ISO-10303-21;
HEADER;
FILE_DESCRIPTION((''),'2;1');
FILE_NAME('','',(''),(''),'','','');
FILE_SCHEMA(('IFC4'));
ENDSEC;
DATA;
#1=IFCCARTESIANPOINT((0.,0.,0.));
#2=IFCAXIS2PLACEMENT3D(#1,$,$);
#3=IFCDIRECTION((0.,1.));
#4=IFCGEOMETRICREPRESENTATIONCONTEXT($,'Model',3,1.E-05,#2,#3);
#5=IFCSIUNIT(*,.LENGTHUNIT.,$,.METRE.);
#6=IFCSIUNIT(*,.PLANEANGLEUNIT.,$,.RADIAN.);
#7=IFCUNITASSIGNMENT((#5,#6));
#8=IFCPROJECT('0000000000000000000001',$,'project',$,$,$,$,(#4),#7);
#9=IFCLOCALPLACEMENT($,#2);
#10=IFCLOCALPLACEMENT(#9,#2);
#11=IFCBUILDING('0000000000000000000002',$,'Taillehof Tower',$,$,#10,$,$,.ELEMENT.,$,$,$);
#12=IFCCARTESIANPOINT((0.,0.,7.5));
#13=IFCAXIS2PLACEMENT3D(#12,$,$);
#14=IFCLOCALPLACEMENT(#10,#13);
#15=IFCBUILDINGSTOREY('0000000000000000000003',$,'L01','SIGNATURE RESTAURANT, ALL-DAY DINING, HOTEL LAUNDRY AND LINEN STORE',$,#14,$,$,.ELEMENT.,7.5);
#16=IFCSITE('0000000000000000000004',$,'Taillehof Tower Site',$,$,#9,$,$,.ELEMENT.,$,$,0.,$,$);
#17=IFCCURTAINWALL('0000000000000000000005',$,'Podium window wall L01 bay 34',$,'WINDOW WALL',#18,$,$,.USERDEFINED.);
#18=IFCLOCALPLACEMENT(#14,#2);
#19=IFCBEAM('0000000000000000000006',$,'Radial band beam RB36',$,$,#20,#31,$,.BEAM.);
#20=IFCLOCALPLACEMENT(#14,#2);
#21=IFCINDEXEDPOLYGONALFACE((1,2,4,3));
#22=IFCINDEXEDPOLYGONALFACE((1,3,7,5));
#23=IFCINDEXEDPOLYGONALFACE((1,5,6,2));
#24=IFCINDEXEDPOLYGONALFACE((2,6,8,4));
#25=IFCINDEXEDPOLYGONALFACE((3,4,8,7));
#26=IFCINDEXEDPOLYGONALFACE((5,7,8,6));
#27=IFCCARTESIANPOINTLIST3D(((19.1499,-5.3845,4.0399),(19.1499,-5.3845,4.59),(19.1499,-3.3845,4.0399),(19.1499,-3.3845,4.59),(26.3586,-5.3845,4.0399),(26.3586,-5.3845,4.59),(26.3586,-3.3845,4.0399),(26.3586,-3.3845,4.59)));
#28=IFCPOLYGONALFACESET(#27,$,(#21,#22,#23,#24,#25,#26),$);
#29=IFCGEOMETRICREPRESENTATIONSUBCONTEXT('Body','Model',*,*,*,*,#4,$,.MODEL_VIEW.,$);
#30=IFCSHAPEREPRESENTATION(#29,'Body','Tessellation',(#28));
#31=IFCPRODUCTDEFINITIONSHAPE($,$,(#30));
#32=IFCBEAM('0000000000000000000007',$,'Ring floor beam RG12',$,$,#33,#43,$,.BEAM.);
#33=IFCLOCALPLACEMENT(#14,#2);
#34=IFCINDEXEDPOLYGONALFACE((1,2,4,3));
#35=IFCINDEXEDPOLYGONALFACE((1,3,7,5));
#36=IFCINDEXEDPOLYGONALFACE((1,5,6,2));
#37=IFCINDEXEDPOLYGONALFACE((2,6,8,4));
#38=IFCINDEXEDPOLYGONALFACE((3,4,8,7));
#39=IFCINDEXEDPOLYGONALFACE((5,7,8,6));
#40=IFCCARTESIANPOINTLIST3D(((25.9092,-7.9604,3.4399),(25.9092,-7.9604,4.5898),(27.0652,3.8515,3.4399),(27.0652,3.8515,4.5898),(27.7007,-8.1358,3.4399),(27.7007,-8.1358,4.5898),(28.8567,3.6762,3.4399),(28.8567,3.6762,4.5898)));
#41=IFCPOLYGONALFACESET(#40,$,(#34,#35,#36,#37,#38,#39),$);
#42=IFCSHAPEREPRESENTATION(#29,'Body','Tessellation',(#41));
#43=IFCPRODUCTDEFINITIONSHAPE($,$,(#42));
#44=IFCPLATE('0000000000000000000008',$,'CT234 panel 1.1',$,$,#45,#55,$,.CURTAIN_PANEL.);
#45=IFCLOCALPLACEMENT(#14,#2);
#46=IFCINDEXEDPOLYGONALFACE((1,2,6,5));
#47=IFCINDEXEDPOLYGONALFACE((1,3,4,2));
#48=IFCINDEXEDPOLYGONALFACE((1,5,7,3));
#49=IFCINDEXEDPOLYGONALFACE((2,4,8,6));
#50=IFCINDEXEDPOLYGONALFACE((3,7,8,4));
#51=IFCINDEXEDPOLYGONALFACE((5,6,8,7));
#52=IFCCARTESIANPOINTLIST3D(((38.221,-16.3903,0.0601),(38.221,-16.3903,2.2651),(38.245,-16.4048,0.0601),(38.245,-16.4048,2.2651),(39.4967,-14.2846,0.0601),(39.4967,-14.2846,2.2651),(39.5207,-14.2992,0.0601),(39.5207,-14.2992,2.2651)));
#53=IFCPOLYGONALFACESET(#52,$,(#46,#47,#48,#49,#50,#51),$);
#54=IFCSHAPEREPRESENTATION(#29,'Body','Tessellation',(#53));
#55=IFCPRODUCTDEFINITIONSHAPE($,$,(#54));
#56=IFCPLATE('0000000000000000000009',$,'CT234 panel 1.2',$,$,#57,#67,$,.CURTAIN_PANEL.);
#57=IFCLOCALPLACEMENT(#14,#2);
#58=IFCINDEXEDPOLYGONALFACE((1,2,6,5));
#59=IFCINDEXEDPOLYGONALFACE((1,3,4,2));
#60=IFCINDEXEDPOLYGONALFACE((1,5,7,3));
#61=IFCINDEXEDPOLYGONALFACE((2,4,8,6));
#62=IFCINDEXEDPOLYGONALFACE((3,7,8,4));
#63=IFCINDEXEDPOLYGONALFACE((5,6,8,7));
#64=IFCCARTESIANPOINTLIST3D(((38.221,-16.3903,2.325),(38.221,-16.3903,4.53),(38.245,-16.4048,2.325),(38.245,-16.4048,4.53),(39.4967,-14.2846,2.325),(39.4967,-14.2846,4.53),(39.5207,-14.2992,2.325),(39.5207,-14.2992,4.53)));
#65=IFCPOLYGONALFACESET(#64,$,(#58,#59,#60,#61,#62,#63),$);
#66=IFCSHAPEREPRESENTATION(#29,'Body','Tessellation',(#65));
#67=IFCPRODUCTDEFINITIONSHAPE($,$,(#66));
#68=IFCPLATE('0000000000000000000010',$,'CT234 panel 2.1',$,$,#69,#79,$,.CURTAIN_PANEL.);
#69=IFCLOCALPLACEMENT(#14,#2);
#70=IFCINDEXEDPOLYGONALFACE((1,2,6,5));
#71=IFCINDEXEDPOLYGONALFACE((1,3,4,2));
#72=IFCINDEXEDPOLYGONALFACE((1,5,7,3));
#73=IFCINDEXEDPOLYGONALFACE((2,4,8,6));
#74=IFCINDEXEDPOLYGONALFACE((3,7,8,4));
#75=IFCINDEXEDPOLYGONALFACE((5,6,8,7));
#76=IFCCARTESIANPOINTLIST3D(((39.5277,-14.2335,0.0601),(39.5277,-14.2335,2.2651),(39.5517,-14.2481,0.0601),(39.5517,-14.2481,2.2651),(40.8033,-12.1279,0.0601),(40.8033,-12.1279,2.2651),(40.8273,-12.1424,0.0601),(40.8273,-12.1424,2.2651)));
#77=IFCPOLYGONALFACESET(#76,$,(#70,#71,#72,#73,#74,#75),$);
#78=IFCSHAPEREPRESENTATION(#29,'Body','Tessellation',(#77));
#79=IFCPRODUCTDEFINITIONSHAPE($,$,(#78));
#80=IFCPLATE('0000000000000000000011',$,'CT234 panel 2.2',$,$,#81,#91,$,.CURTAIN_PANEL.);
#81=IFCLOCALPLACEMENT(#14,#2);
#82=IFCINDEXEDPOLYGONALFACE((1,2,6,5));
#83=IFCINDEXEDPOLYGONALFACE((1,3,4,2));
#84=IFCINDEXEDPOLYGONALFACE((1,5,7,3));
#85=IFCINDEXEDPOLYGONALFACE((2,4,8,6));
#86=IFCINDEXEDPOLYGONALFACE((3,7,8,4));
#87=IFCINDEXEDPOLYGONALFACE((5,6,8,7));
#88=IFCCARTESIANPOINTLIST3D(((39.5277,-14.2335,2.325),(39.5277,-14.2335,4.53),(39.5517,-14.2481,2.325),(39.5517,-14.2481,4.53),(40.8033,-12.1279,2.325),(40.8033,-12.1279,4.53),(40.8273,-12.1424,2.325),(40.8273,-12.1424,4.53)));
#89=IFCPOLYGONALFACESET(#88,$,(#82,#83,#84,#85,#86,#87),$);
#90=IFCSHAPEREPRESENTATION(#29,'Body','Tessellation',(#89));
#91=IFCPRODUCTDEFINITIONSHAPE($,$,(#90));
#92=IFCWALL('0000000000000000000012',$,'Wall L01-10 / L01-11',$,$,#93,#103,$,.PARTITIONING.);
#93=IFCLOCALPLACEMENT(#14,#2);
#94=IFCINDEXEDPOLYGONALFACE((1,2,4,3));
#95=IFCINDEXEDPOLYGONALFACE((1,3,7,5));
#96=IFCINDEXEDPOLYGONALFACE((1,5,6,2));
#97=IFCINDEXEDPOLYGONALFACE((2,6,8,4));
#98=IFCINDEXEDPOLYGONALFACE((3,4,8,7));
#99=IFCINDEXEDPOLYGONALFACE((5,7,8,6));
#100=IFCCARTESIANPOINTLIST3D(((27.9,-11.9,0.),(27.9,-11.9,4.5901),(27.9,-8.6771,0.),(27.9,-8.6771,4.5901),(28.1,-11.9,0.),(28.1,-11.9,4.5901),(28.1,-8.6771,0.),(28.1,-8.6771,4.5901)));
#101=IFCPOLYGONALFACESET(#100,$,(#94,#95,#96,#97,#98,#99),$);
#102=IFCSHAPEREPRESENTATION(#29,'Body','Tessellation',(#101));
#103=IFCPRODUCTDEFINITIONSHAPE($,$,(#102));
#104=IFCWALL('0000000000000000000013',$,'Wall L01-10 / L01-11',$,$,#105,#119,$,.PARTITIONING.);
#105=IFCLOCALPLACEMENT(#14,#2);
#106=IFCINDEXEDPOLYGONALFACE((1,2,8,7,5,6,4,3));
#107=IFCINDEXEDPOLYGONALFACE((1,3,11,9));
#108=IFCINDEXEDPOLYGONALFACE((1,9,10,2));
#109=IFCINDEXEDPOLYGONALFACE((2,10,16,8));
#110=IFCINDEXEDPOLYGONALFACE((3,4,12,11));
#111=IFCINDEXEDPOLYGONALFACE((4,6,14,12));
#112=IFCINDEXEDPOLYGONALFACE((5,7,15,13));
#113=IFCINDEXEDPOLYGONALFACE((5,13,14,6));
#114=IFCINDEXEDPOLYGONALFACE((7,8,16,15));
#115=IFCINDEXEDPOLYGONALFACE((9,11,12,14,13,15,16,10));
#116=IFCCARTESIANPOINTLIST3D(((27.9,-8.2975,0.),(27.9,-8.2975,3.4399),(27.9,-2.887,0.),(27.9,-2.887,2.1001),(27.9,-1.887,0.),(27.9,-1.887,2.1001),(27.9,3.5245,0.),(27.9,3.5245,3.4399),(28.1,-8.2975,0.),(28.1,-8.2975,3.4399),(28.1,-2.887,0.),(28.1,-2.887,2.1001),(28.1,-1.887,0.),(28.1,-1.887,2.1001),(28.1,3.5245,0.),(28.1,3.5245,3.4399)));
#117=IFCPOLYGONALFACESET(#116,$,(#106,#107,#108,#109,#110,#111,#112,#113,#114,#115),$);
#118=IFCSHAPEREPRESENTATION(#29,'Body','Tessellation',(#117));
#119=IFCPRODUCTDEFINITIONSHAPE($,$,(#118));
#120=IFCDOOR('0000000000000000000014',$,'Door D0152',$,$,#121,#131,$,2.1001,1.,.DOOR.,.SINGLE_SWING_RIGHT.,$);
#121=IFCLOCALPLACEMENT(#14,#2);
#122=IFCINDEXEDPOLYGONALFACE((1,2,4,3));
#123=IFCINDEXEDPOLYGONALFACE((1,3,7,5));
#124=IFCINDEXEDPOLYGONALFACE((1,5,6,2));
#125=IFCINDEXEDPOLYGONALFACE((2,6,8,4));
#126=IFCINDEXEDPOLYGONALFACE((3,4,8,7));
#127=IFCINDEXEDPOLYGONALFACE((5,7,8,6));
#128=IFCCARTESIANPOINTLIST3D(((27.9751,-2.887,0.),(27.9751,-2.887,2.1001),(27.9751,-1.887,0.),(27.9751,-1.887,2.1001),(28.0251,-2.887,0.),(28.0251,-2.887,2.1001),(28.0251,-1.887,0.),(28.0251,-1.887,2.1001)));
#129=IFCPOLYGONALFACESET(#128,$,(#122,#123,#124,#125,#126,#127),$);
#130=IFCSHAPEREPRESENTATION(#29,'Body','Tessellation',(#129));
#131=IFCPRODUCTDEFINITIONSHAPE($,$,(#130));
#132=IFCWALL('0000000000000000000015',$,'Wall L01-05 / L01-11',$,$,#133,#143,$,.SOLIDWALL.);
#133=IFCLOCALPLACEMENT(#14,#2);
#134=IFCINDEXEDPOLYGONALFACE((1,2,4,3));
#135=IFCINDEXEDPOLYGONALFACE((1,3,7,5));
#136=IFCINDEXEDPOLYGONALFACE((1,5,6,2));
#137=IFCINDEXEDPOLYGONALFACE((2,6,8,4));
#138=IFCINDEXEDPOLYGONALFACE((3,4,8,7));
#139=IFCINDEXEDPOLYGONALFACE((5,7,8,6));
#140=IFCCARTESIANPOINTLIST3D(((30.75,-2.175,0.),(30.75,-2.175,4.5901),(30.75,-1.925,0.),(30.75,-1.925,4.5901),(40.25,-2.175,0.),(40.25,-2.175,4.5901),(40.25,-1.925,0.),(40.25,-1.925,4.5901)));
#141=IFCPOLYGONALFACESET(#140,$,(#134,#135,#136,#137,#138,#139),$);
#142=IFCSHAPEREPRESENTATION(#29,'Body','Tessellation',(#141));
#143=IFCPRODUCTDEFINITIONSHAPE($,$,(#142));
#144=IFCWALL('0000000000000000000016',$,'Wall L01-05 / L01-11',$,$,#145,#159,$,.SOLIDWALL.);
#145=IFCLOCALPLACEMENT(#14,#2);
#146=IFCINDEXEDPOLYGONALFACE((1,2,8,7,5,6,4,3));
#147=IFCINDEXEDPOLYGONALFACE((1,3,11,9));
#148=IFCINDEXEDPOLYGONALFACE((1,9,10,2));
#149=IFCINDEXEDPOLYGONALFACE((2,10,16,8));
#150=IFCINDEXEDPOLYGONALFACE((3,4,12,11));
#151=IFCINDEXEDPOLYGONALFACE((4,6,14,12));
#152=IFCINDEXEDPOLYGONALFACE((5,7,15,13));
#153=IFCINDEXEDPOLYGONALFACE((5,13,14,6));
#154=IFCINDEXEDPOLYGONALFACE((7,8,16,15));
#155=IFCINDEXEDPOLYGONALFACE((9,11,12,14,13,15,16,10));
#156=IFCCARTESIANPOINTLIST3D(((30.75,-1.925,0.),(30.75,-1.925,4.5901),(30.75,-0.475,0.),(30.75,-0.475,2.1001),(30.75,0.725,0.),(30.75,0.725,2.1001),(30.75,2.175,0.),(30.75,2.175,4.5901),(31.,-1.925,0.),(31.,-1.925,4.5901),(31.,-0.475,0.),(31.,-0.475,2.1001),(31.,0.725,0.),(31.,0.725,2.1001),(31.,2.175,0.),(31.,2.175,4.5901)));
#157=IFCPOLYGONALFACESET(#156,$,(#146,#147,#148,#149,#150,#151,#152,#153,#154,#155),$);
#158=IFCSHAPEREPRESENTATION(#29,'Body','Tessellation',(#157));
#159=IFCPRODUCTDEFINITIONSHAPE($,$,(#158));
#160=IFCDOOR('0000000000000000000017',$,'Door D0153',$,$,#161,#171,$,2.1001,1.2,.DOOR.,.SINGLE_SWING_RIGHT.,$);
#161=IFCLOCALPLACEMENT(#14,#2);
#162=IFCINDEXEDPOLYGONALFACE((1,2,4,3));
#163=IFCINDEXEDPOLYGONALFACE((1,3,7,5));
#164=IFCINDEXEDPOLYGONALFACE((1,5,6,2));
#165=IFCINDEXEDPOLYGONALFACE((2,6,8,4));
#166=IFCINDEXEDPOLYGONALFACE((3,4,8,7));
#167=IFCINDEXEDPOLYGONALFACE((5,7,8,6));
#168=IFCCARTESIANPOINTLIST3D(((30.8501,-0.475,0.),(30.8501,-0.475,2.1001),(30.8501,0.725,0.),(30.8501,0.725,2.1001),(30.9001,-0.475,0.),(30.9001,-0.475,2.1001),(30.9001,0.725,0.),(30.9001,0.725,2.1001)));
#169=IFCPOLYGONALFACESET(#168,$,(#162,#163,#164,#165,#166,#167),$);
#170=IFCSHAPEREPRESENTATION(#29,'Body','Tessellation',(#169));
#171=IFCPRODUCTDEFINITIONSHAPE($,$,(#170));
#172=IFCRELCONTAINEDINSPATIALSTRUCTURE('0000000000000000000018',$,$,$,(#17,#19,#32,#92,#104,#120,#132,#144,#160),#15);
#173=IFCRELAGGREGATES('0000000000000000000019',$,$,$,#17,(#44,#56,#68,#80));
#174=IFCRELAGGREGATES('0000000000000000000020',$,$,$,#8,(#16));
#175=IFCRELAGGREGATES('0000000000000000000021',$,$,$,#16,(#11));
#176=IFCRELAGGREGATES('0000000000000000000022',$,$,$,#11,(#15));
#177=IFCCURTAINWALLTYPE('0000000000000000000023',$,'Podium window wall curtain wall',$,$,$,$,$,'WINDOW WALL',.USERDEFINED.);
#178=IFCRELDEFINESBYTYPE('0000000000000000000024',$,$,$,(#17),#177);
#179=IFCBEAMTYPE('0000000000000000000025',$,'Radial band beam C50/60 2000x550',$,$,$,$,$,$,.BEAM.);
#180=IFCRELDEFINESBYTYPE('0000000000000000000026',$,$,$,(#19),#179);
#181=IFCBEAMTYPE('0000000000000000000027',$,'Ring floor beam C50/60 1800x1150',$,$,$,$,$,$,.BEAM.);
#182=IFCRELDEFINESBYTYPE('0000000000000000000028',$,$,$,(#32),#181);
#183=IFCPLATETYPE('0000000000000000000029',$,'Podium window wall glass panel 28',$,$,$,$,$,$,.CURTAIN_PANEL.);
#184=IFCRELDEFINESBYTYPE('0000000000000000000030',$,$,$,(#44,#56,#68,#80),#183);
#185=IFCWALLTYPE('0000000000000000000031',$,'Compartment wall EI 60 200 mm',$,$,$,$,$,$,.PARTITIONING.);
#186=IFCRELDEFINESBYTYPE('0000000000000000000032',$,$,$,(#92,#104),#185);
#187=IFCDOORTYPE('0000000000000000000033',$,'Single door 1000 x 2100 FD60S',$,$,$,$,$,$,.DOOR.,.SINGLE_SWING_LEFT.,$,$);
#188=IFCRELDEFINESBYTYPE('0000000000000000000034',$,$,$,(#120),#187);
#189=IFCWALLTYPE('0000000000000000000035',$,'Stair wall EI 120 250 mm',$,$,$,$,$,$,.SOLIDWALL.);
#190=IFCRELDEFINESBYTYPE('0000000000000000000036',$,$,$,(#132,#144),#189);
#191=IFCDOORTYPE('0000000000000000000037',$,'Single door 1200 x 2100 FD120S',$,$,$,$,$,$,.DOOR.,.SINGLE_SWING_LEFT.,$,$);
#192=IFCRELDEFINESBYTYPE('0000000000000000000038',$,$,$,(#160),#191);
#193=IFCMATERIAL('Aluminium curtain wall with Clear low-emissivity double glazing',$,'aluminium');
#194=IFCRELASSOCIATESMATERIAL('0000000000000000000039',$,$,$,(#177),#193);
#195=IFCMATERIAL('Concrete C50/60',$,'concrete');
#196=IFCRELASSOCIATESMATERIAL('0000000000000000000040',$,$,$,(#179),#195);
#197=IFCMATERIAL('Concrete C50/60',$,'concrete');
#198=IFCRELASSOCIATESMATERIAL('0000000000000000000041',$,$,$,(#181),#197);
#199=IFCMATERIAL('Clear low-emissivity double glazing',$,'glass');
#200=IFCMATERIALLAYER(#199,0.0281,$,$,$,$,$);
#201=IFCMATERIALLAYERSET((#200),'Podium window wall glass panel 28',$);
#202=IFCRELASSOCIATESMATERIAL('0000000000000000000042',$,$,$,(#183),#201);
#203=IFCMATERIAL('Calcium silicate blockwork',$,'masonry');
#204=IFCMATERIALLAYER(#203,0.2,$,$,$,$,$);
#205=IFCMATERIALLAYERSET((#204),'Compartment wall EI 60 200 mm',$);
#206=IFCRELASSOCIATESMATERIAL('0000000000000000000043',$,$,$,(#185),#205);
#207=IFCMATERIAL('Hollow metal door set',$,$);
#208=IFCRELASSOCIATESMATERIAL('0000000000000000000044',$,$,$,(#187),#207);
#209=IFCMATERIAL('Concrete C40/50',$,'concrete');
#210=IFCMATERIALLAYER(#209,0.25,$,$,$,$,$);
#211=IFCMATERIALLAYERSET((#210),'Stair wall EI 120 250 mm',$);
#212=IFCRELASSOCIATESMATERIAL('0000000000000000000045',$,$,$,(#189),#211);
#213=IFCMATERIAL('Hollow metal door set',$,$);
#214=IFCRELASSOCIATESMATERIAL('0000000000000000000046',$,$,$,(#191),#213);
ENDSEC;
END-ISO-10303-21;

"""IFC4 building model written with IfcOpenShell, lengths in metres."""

from ifc_helpers import new_model, si_unit, direction, frame, frame_2d, origin, origin_2d, place, context, subcontext, project, spatial, rectangle, extrude, material, layer, layer_set, material_profile, profile_set, type_object, element, fill, aggregate, save


model = new_model("IFC4")

# Units and contexts
model_context = context("Model", 3, precision=1e-05, world=origin(), true_north=direction((0.0, 1.0)))
body_context = subcontext(model_context, "Body", "Model", "MODEL_VIEW")
ifc_project = project(units=[si_unit("LENGTHUNIT", "METRE"), si_unit("PLANEANGLEUNIT", "RADIAN")], contexts=[model_context])

# Site, building, storey
site_placement = place(None, origin())
site = spatial("IfcSite", under=ifc_project, at=site_placement, Name="Taillehof Tower Site", CompositionType="ELEMENT", RefElevation=0.0)
building_placement = place(site_placement, origin())
building = spatial("IfcBuilding", under=site, at=building_placement, Name="Taillehof Tower", CompositionType="ELEMENT")
storey_placement = place(building_placement, frame((0.0, 0.0, 7.5)))
storey = spatial("IfcBuildingStorey", under=building, at=storey_placement, Name="L01", Description="SIGNATURE RESTAURANT, ALL-DAY DINING, HOTEL LAUNDRY AND LINEN STORE", CompositionType="ELEMENT", Elevation=7.5)

# Curtain wall
ifc_material_1 = material(Name="Aluminium curtain wall with Clear low-emissivity double glazing", Category="aluminium")
curtain_wall_type = type_object("IfcCurtainWallType", Name="Podium window wall curtain wall", ElementType="WINDOW WALL", PredefinedType="USERDEFINED", material=ifc_material_1)
curtain_wall_1_placement = place(storey_placement, origin())
curtain_wall_1 = element("IfcCurtainWall", 1, at=curtain_wall_1_placement, inside=storey, type_object=curtain_wall_type, Name="Podium window wall L01 bay 34", ObjectType="WINDOW WALL", PredefinedType="USERDEFINED")

# Beams
ifc_material_2 = material(Name="Concrete C50/60", Category="concrete")
ifc_material_profile_1 = material_profile(ifc_material_2, rectangle(XDim=2.0, YDim=0.55, at=origin_2d()), Name="RC 2000x550")
ifc_profile_set_1 = profile_set([ifc_material_profile_1], Name="Concrete C50/60")
beam_type_1 = type_object("IfcBeamType", Name="Radial band beam C50/60 2000x550", PredefinedType="BEAM", material=ifc_profile_set_1)
beam_1_placement = place(storey_placement, frame((26.3586, -4.3845, 4.3149), z_axis=(-1.0, 0.0, 0.0), x_axis=(0.0, -1.0, 0.0)))
element("IfcBeam", 2, at=beam_1_placement, inside=storey, type_object=beam_type_1, Name="Radial band beam RB36", PredefinedType="BEAM", context=body_context, shape_type="SweptSolid", body=[
    extrude(rectangle(XDim=2.0, YDim=0.55, at=origin_2d()), origin(), (0.0, 0.0, 1.0), 7.2087),
])
ifc_material_3 = material(Name="Concrete C50/60", Category="concrete")
ifc_material_profile_2 = material_profile(ifc_material_3, rectangle(XDim=1.8, YDim=1.1499, at=origin_2d()), Name="RC 1800x1150")
ifc_profile_set_2 = profile_set([ifc_material_profile_2], Name="Concrete C50/60")
beam_type_2 = type_object("IfcBeamType", Name="Ring floor beam C50/60 1800x1150", PredefinedType="BEAM", material=ifc_profile_set_2)
beam_2_placement = place(storey_placement, frame((26.8049, -8.0481, 4.0149), z_axis=(0.097402, 0.995245, 0.0), x_axis=(-0.995245, 0.097402, 0.0)))
element("IfcBeam", 3, at=beam_2_placement, inside=storey, type_object=beam_type_2, Name="Ring floor beam RG12", PredefinedType="BEAM", context=body_context, shape_type="SweptSolid", body=[
    extrude(rectangle(XDim=1.8, YDim=1.1499, at=origin_2d()), origin(), (0.0, 0.0, 1.0), 11.8684),
])

# Plates
ifc_material_4 = material(Name="Clear low-emissivity double glazing", Category="glass")
ifc_layer_1 = layer(ifc_material_4, 0.0281)
ifc_layer_set_1 = layer_set([ifc_layer_1], Name="Podium window wall glass panel 28")
plate_type = type_object("IfcPlateType", Name="Podium window wall glass panel 28", PredefinedType="CURTAIN_PANEL", material=ifc_layer_set_1)
plate_1_placement = place(storey_placement, frame((38.8708, -15.3447, 0.0601), z_axis=(0.0, 0.0, 1.0), x_axis=(0.518151, 0.855289, 0.0)))
plate_1 = element("IfcPlate", 4, at=plate_1_placement, type_object=plate_type, Name="CT234 panel 1.1", PredefinedType="CURTAIN_PANEL", context=body_context, shape_type="SweptSolid", body=[
    extrude(rectangle(XDim=2.4619, YDim=0.0281, at=origin_2d()), origin(), (0.0, 0.0, 1.0), 2.2051),
])
plate_2_placement = place(storey_placement, frame((38.8708, -15.3447, 2.325), z_axis=(0.0, 0.0, 1.0), x_axis=(0.518151, 0.855289, 0.0)))
plate_2 = element("IfcPlate", 5, at=plate_2_placement, type_object=plate_type, Name="CT234 panel 1.2", PredefinedType="CURTAIN_PANEL", context=body_context, shape_type="SweptSolid", body=[
    extrude(rectangle(XDim=2.4619, YDim=0.0281, at=origin_2d()), origin(), (0.0, 0.0, 1.0), 2.2051),
])
plate_3_placement = place(storey_placement, frame((40.1775, -13.188, 0.0601), z_axis=(0.0, 0.0, 1.0), x_axis=(0.518151, 0.855289, 0.0)))
plate_3 = element("IfcPlate", 6, at=plate_3_placement, type_object=plate_type, Name="CT234 panel 2.1", PredefinedType="CURTAIN_PANEL", context=body_context, shape_type="SweptSolid", body=[
    extrude(rectangle(XDim=2.4619, YDim=0.0281, at=origin_2d()), origin(), (0.0, 0.0, 1.0), 2.2051),
])
plate_4_placement = place(storey_placement, frame((40.1775, -13.188, 2.325), z_axis=(0.0, 0.0, 1.0), x_axis=(0.518151, 0.855289, 0.0)))
plate_4 = element("IfcPlate", 7, at=plate_4_placement, type_object=plate_type, Name="CT234 panel 2.2", PredefinedType="CURTAIN_PANEL", context=body_context, shape_type="SweptSolid", body=[
    extrude(rectangle(XDim=2.4619, YDim=0.0281, at=origin_2d()), origin(), (0.0, 0.0, 1.0), 2.2051),
])
aggregate(curtain_wall_1, [plate_1, plate_2, plate_3, plate_4])

# Wall
ifc_material_5 = material(Name="Calcium silicate blockwork", Category="masonry")
ifc_layer_2 = layer(ifc_material_5, 0.2)
ifc_layer_set_2 = layer_set([ifc_layer_2], Name="Compartment wall EI 60 200 mm")
wall_type_1 = type_object("IfcWallType", Name="Compartment wall EI 60 200 mm", PredefinedType="PARTITIONING", material=ifc_layer_set_2)
wall_1_placement = place(storey_placement, frame((28.0, -11.8999, 0.0), z_axis=(0.0, 0.0, 1.0), x_axis=(0.0, 1.0, 0.0)))
element("IfcWall", 8, at=wall_1_placement, inside=storey, type_object=wall_type_1, Name="Wall L01-10 / L01-11", PredefinedType="PARTITIONING", context=body_context, shape_type="SweptSolid", body=[
    extrude(rectangle(XDim=3.2229, YDim=0.2, at=frame_2d((1.6113, 0.0))), origin(), (0.0, 0.0, 1.0), 4.5901),
])

# Wall, opening, door
wall_2_placement = place(storey_placement, frame((28.0, -8.2976, 0.0), z_axis=(0.0, 0.0, 1.0), x_axis=(0.0, 1.0, 0.0)))
wall_2 = element("IfcWall", 9, at=wall_2_placement, inside=storey, type_object=wall_type_1, Name="Wall L01-10 / L01-11", PredefinedType="PARTITIONING", context=body_context, shape_type="SweptSolid", body=[
    extrude(rectangle(XDim=11.822, YDim=0.2, at=frame_2d((5.9111, 0.0))), origin(), (0.0, 0.0, 1.0), 3.4399),
])
opening_1_placement = place(wall_2_placement, frame((5.4106, 0.0, 0.0)))
opening_1 = element("IfcOpeningElement", 10, at=opening_1_placement, cuts=wall_2, PredefinedType="OPENING", context=body_context, shape_type="SweptSolid", body=[
    extrude(rectangle(XDim=1.0, YDim=2.1001, at=frame_2d((0.5, 1.05))), frame((0.0, 0.1099, 0.0), z_axis=(0.0, -1.0, 0.0), x_axis=(1.0, 0.0, 0.0)), (0.0, 0.0, 1.0), 0.22),
])
ifc_material_6 = material(Name="Hollow metal door set")
door_type_1 = type_object("IfcDoorType", Name="Single door 1000 x 2100 FD60S", OperationType="SINGLE_SWING_LEFT", PredefinedType="DOOR", material=ifc_material_6)
door_1_placement = place(opening_1_placement, origin())
door_1 = element("IfcDoor", 11, at=door_1_placement, inside=storey, type_object=door_type_1, Name="Door D0152", OperationType="SINGLE_SWING_RIGHT", OverallHeight=2.1001, OverallWidth=1.0, PredefinedType="DOOR", context=body_context, shape_type="SweptSolid", body=[
    extrude(rectangle(XDim=1.0, YDim=2.1001, at=frame_2d((0.5, 1.05))), frame((0.0, 0.0249, 0.0), z_axis=(0.0, -1.0, 0.0), x_axis=(1.0, 0.0, 0.0)), (0.0, 0.0, 1.0), 0.05),
])
fill(opening_1, door_1)

# Wall
ifc_material_7 = material(Name="Concrete C40/50", Category="concrete")
ifc_layer_3 = layer(ifc_material_7, 0.25)
ifc_layer_set_3 = layer_set([ifc_layer_3], Name="Stair wall EI 120 250 mm")
wall_type_2 = type_object("IfcWallType", Name="Stair wall EI 120 250 mm", PredefinedType="SOLIDWALL", material=ifc_layer_set_3)
wall_3_placement = place(storey_placement, frame((30.75, -2.05, 0.0), z_axis=(0.0, 0.0, 1.0), x_axis=(1.0, 0.0, 0.0)))
element("IfcWall", 12, at=wall_3_placement, inside=storey, type_object=wall_type_2, Name="Wall L01-05 / L01-11", PredefinedType="SOLIDWALL", context=body_context, shape_type="SweptSolid", body=[
    extrude(rectangle(XDim=9.5, YDim=0.25, at=frame_2d((4.75, 0.0))), origin(), (0.0, 0.0, 1.0), 4.5901),
])

# Wall, opening, door
wall_4_placement = place(storey_placement, frame((30.875, -1.925, 0.0), z_axis=(0.0, 0.0, 1.0), x_axis=(0.0, 1.0, 0.0)))
wall_4 = element("IfcWall", 13, at=wall_4_placement, inside=storey, type_object=wall_type_2, Name="Wall L01-05 / L01-11", PredefinedType="SOLIDWALL", context=body_context, shape_type="SweptSolid", body=[
    extrude(rectangle(XDim=4.1001, YDim=0.25, at=frame_2d((2.05, 0.0))), origin(), (0.0, 0.0, 1.0), 4.5901),
])
opening_2_placement = place(wall_4_placement, frame((1.45, 0.0, 0.0)))
opening_2 = element("IfcOpeningElement", 14, at=opening_2_placement, cuts=wall_4, PredefinedType="OPENING", context=body_context, shape_type="SweptSolid", body=[
    extrude(rectangle(XDim=1.2, YDim=2.1001, at=frame_2d((0.6001, 1.05))), frame((0.0, 0.135, 0.0), z_axis=(0.0, -1.0, 0.0), x_axis=(1.0, 0.0, 0.0)), (0.0, 0.0, 1.0), 0.27),
])
ifc_material_8 = material(Name="Hollow metal door set")
door_type_2 = type_object("IfcDoorType", Name="Single door 1200 x 2100 FD120S", OperationType="SINGLE_SWING_LEFT", PredefinedType="DOOR", material=ifc_material_8)
door_2_placement = place(opening_2_placement, origin())
door_2 = element("IfcDoor", 15, at=door_2_placement, inside=storey, type_object=door_type_2, Name="Door D0153", OperationType="SINGLE_SWING_RIGHT", OverallHeight=2.1001, OverallWidth=1.2, PredefinedType="DOOR", context=body_context, shape_type="SweptSolid", body=[
    extrude(rectangle(XDim=1.2, YDim=2.1001, at=frame_2d((0.6001, 1.05))), frame((0.0, 0.0249, 0.0), z_axis=(0.0, -1.0, 0.0), x_axis=(1.0, 0.0, 0.0)), (0.0, 0.0, 1.0), 0.05),
])
fill(opening_2, door_2)

save(model, "model.ifc")
